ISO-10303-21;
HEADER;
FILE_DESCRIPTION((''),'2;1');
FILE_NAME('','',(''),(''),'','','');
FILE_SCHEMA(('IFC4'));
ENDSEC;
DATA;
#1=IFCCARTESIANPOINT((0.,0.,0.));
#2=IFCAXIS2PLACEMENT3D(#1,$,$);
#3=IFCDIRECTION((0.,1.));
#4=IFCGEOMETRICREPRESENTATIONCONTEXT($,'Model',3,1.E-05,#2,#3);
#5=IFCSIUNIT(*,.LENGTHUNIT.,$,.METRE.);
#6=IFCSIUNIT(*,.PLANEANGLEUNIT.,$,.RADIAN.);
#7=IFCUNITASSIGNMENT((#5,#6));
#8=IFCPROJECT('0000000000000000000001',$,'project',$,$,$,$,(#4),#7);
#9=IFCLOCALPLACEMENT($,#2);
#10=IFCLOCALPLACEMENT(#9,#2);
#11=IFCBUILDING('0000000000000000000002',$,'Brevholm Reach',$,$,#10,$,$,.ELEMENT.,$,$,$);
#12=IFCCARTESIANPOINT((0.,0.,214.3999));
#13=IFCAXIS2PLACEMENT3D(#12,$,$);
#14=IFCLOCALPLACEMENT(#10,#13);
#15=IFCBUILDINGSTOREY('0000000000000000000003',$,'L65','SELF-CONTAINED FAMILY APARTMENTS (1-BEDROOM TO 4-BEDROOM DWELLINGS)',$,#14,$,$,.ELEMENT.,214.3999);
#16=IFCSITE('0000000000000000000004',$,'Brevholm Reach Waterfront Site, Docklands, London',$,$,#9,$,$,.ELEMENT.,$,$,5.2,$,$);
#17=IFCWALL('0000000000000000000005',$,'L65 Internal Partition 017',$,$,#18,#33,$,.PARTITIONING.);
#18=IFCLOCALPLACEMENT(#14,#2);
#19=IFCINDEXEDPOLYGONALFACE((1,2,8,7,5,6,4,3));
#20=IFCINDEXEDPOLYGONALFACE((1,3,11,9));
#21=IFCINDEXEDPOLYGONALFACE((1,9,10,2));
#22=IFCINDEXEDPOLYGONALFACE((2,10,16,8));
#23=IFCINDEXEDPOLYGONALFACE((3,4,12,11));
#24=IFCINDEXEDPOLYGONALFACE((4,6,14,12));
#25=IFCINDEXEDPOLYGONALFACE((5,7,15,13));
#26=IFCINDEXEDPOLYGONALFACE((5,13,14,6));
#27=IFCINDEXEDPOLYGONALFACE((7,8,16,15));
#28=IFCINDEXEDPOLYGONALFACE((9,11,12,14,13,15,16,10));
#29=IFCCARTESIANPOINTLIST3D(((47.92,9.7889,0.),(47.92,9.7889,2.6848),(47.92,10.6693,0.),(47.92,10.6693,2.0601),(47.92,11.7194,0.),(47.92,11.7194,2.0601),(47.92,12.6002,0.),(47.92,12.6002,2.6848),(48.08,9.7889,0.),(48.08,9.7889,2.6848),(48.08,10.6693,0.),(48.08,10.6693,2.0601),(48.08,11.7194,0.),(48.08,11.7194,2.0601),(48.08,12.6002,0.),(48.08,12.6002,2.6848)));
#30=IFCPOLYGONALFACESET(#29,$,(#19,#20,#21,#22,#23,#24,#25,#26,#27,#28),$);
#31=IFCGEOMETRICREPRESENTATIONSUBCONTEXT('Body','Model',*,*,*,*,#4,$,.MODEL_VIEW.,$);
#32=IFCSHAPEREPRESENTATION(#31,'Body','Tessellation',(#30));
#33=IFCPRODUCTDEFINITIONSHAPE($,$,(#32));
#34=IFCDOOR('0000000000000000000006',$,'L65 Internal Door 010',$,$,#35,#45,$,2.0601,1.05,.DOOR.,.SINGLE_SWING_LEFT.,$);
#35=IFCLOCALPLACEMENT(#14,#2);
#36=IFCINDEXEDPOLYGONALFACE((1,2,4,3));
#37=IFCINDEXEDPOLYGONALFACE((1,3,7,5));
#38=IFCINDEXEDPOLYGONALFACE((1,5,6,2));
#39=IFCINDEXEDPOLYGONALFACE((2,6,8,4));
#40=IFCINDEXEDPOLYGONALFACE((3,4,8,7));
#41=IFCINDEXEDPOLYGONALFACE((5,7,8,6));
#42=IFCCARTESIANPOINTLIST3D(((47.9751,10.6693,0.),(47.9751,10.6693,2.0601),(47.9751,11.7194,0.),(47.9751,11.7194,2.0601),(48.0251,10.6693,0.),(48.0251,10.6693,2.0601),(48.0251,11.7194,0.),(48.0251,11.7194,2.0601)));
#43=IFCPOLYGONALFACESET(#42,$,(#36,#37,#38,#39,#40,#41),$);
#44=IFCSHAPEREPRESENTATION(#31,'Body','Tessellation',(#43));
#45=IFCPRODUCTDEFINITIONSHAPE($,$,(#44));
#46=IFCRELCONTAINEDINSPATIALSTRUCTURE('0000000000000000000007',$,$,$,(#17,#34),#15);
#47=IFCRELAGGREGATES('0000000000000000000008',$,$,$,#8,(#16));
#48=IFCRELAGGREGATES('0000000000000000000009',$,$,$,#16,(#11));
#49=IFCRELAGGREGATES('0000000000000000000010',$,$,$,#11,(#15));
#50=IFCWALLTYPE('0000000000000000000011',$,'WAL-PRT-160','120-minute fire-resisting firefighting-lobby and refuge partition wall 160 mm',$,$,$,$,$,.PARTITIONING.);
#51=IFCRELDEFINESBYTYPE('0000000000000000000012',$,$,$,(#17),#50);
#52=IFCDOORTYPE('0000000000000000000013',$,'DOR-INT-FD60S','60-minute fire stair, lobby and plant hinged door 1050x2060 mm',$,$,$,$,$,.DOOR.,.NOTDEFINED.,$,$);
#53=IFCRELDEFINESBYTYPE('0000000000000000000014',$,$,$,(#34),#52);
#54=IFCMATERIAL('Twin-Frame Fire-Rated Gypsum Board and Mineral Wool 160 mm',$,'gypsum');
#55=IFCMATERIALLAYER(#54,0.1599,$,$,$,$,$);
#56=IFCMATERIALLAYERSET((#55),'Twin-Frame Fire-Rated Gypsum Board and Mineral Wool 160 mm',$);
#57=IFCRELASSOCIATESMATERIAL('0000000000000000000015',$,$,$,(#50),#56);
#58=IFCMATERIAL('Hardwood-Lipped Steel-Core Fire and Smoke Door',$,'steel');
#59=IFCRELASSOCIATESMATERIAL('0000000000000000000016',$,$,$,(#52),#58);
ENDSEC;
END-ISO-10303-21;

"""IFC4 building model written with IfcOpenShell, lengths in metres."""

from ifc_helpers import new_model, si_unit, direction, frame, frame_2d, origin, place, context, subcontext, project, spatial, rectangle, extrude, material, layer, layer_set, type_object, element, fill, save


model = new_model("IFC4")

# Units and contexts
model_context = context("Model", 3, precision=1e-05, world=origin(), true_north=direction((0.0, 1.0)))
body_context = subcontext(model_context, "Body", "Model", "MODEL_VIEW")
ifc_project = project(units=[si_unit("LENGTHUNIT", "METRE"), si_unit("PLANEANGLEUNIT", "RADIAN")], contexts=[model_context])

# Site, building, storey
site_placement = place(None, origin())
site = spatial("IfcSite", under=ifc_project, at=site_placement, Name="Brevholm Reach Waterfront Site, Docklands, London", CompositionType="ELEMENT", RefElevation=5.2)
building_placement = place(site_placement, origin())
building = spatial("IfcBuilding", under=site, at=building_placement, Name="Brevholm Reach", CompositionType="ELEMENT")
storey_placement = place(building_placement, frame((0.0, 0.0, 214.3999)))
storey = spatial("IfcBuildingStorey", under=building, at=storey_placement, Name="L65", Description="SELF-CONTAINED FAMILY APARTMENTS (1-BEDROOM TO 4-BEDROOM DWELLINGS)", CompositionType="ELEMENT", Elevation=214.3999)

# Wall, opening, door
ifc_material_1 = material(Name="Twin-Frame Fire-Rated Gypsum Board and Mineral Wool 160 mm", Category="gypsum")
ifc_layer_1 = layer(ifc_material_1, 0.1599)
ifc_layer_set_1 = layer_set([ifc_layer_1], Name="Twin-Frame Fire-Rated Gypsum Board and Mineral Wool 160 mm")
wall_type_1 = type_object("IfcWallType", Name="WAL-PRT-160", Description="120-minute fire-resisting firefighting-lobby and refuge partition wall 160 mm", PredefinedType="PARTITIONING", material=ifc_layer_set_1)
wall_1_placement = place(storey_placement, frame((48.0, 9.7888, 0.0), z_axis=(0.0, 0.0, 1.0), x_axis=(0.0, 1.0, 0.0)))
wall_1 = element("IfcWall", 1, at=wall_1_placement, inside=storey, type_object=wall_type_1, Name="L65 Internal Partition 017", PredefinedType="PARTITIONING", context=body_context, shape_type="SweptSolid", body=[
    extrude(rectangle(XDim=2.8113, YDim=0.1599, at=frame_2d((1.4058, 0.0))), origin(), (0.0, 0.0, 1.0), 2.6848),
])
opening_1_placement = place(wall_1_placement, frame((0.8806, 0.0, 0.0)))
opening_1 = element("IfcOpeningElement", 2, at=opening_1_placement, cuts=wall_1, PredefinedType="OPENING", context=body_context, shape_type="SweptSolid", body=[
    extrude(rectangle(XDim=1.05, YDim=2.0601, at=frame_2d((0.5249, 1.03))), frame((0.0, 0.0898, 0.0), z_axis=(0.0, -1.0, 0.0), x_axis=(1.0, 0.0, 0.0)), (0.0, 0.0, 1.0), 0.1799),
])
ifc_material_2 = material(Name="Hardwood-Lipped Steel-Core Fire and Smoke Door", Category="steel")
door_type_1 = type_object("IfcDoorType", Name="DOR-INT-FD60S", Description="60-minute fire stair, lobby and plant hinged door 1050x2060 mm", OperationType="NOTDEFINED", PredefinedType="DOOR", material=ifc_material_2)
door_1_placement = place(opening_1_placement, origin())
door_1 = element("IfcDoor", 3, at=door_1_placement, inside=storey, type_object=door_type_1, Name="L65 Internal Door 010", OperationType="SINGLE_SWING_LEFT", OverallHeight=2.0601, OverallWidth=1.05, PredefinedType="DOOR", context=body_context, shape_type="SweptSolid", body=[
    extrude(rectangle(XDim=1.05, YDim=2.0601, at=frame_2d((0.5249, 1.03))), frame((0.0, 0.0249, 0.0), z_axis=(0.0, -1.0, 0.0), x_axis=(1.0, 0.0, 0.0)), (0.0, 0.0, 1.0), 0.05),
])
fill(opening_1, door_1)

save(model, "model.ifc")
